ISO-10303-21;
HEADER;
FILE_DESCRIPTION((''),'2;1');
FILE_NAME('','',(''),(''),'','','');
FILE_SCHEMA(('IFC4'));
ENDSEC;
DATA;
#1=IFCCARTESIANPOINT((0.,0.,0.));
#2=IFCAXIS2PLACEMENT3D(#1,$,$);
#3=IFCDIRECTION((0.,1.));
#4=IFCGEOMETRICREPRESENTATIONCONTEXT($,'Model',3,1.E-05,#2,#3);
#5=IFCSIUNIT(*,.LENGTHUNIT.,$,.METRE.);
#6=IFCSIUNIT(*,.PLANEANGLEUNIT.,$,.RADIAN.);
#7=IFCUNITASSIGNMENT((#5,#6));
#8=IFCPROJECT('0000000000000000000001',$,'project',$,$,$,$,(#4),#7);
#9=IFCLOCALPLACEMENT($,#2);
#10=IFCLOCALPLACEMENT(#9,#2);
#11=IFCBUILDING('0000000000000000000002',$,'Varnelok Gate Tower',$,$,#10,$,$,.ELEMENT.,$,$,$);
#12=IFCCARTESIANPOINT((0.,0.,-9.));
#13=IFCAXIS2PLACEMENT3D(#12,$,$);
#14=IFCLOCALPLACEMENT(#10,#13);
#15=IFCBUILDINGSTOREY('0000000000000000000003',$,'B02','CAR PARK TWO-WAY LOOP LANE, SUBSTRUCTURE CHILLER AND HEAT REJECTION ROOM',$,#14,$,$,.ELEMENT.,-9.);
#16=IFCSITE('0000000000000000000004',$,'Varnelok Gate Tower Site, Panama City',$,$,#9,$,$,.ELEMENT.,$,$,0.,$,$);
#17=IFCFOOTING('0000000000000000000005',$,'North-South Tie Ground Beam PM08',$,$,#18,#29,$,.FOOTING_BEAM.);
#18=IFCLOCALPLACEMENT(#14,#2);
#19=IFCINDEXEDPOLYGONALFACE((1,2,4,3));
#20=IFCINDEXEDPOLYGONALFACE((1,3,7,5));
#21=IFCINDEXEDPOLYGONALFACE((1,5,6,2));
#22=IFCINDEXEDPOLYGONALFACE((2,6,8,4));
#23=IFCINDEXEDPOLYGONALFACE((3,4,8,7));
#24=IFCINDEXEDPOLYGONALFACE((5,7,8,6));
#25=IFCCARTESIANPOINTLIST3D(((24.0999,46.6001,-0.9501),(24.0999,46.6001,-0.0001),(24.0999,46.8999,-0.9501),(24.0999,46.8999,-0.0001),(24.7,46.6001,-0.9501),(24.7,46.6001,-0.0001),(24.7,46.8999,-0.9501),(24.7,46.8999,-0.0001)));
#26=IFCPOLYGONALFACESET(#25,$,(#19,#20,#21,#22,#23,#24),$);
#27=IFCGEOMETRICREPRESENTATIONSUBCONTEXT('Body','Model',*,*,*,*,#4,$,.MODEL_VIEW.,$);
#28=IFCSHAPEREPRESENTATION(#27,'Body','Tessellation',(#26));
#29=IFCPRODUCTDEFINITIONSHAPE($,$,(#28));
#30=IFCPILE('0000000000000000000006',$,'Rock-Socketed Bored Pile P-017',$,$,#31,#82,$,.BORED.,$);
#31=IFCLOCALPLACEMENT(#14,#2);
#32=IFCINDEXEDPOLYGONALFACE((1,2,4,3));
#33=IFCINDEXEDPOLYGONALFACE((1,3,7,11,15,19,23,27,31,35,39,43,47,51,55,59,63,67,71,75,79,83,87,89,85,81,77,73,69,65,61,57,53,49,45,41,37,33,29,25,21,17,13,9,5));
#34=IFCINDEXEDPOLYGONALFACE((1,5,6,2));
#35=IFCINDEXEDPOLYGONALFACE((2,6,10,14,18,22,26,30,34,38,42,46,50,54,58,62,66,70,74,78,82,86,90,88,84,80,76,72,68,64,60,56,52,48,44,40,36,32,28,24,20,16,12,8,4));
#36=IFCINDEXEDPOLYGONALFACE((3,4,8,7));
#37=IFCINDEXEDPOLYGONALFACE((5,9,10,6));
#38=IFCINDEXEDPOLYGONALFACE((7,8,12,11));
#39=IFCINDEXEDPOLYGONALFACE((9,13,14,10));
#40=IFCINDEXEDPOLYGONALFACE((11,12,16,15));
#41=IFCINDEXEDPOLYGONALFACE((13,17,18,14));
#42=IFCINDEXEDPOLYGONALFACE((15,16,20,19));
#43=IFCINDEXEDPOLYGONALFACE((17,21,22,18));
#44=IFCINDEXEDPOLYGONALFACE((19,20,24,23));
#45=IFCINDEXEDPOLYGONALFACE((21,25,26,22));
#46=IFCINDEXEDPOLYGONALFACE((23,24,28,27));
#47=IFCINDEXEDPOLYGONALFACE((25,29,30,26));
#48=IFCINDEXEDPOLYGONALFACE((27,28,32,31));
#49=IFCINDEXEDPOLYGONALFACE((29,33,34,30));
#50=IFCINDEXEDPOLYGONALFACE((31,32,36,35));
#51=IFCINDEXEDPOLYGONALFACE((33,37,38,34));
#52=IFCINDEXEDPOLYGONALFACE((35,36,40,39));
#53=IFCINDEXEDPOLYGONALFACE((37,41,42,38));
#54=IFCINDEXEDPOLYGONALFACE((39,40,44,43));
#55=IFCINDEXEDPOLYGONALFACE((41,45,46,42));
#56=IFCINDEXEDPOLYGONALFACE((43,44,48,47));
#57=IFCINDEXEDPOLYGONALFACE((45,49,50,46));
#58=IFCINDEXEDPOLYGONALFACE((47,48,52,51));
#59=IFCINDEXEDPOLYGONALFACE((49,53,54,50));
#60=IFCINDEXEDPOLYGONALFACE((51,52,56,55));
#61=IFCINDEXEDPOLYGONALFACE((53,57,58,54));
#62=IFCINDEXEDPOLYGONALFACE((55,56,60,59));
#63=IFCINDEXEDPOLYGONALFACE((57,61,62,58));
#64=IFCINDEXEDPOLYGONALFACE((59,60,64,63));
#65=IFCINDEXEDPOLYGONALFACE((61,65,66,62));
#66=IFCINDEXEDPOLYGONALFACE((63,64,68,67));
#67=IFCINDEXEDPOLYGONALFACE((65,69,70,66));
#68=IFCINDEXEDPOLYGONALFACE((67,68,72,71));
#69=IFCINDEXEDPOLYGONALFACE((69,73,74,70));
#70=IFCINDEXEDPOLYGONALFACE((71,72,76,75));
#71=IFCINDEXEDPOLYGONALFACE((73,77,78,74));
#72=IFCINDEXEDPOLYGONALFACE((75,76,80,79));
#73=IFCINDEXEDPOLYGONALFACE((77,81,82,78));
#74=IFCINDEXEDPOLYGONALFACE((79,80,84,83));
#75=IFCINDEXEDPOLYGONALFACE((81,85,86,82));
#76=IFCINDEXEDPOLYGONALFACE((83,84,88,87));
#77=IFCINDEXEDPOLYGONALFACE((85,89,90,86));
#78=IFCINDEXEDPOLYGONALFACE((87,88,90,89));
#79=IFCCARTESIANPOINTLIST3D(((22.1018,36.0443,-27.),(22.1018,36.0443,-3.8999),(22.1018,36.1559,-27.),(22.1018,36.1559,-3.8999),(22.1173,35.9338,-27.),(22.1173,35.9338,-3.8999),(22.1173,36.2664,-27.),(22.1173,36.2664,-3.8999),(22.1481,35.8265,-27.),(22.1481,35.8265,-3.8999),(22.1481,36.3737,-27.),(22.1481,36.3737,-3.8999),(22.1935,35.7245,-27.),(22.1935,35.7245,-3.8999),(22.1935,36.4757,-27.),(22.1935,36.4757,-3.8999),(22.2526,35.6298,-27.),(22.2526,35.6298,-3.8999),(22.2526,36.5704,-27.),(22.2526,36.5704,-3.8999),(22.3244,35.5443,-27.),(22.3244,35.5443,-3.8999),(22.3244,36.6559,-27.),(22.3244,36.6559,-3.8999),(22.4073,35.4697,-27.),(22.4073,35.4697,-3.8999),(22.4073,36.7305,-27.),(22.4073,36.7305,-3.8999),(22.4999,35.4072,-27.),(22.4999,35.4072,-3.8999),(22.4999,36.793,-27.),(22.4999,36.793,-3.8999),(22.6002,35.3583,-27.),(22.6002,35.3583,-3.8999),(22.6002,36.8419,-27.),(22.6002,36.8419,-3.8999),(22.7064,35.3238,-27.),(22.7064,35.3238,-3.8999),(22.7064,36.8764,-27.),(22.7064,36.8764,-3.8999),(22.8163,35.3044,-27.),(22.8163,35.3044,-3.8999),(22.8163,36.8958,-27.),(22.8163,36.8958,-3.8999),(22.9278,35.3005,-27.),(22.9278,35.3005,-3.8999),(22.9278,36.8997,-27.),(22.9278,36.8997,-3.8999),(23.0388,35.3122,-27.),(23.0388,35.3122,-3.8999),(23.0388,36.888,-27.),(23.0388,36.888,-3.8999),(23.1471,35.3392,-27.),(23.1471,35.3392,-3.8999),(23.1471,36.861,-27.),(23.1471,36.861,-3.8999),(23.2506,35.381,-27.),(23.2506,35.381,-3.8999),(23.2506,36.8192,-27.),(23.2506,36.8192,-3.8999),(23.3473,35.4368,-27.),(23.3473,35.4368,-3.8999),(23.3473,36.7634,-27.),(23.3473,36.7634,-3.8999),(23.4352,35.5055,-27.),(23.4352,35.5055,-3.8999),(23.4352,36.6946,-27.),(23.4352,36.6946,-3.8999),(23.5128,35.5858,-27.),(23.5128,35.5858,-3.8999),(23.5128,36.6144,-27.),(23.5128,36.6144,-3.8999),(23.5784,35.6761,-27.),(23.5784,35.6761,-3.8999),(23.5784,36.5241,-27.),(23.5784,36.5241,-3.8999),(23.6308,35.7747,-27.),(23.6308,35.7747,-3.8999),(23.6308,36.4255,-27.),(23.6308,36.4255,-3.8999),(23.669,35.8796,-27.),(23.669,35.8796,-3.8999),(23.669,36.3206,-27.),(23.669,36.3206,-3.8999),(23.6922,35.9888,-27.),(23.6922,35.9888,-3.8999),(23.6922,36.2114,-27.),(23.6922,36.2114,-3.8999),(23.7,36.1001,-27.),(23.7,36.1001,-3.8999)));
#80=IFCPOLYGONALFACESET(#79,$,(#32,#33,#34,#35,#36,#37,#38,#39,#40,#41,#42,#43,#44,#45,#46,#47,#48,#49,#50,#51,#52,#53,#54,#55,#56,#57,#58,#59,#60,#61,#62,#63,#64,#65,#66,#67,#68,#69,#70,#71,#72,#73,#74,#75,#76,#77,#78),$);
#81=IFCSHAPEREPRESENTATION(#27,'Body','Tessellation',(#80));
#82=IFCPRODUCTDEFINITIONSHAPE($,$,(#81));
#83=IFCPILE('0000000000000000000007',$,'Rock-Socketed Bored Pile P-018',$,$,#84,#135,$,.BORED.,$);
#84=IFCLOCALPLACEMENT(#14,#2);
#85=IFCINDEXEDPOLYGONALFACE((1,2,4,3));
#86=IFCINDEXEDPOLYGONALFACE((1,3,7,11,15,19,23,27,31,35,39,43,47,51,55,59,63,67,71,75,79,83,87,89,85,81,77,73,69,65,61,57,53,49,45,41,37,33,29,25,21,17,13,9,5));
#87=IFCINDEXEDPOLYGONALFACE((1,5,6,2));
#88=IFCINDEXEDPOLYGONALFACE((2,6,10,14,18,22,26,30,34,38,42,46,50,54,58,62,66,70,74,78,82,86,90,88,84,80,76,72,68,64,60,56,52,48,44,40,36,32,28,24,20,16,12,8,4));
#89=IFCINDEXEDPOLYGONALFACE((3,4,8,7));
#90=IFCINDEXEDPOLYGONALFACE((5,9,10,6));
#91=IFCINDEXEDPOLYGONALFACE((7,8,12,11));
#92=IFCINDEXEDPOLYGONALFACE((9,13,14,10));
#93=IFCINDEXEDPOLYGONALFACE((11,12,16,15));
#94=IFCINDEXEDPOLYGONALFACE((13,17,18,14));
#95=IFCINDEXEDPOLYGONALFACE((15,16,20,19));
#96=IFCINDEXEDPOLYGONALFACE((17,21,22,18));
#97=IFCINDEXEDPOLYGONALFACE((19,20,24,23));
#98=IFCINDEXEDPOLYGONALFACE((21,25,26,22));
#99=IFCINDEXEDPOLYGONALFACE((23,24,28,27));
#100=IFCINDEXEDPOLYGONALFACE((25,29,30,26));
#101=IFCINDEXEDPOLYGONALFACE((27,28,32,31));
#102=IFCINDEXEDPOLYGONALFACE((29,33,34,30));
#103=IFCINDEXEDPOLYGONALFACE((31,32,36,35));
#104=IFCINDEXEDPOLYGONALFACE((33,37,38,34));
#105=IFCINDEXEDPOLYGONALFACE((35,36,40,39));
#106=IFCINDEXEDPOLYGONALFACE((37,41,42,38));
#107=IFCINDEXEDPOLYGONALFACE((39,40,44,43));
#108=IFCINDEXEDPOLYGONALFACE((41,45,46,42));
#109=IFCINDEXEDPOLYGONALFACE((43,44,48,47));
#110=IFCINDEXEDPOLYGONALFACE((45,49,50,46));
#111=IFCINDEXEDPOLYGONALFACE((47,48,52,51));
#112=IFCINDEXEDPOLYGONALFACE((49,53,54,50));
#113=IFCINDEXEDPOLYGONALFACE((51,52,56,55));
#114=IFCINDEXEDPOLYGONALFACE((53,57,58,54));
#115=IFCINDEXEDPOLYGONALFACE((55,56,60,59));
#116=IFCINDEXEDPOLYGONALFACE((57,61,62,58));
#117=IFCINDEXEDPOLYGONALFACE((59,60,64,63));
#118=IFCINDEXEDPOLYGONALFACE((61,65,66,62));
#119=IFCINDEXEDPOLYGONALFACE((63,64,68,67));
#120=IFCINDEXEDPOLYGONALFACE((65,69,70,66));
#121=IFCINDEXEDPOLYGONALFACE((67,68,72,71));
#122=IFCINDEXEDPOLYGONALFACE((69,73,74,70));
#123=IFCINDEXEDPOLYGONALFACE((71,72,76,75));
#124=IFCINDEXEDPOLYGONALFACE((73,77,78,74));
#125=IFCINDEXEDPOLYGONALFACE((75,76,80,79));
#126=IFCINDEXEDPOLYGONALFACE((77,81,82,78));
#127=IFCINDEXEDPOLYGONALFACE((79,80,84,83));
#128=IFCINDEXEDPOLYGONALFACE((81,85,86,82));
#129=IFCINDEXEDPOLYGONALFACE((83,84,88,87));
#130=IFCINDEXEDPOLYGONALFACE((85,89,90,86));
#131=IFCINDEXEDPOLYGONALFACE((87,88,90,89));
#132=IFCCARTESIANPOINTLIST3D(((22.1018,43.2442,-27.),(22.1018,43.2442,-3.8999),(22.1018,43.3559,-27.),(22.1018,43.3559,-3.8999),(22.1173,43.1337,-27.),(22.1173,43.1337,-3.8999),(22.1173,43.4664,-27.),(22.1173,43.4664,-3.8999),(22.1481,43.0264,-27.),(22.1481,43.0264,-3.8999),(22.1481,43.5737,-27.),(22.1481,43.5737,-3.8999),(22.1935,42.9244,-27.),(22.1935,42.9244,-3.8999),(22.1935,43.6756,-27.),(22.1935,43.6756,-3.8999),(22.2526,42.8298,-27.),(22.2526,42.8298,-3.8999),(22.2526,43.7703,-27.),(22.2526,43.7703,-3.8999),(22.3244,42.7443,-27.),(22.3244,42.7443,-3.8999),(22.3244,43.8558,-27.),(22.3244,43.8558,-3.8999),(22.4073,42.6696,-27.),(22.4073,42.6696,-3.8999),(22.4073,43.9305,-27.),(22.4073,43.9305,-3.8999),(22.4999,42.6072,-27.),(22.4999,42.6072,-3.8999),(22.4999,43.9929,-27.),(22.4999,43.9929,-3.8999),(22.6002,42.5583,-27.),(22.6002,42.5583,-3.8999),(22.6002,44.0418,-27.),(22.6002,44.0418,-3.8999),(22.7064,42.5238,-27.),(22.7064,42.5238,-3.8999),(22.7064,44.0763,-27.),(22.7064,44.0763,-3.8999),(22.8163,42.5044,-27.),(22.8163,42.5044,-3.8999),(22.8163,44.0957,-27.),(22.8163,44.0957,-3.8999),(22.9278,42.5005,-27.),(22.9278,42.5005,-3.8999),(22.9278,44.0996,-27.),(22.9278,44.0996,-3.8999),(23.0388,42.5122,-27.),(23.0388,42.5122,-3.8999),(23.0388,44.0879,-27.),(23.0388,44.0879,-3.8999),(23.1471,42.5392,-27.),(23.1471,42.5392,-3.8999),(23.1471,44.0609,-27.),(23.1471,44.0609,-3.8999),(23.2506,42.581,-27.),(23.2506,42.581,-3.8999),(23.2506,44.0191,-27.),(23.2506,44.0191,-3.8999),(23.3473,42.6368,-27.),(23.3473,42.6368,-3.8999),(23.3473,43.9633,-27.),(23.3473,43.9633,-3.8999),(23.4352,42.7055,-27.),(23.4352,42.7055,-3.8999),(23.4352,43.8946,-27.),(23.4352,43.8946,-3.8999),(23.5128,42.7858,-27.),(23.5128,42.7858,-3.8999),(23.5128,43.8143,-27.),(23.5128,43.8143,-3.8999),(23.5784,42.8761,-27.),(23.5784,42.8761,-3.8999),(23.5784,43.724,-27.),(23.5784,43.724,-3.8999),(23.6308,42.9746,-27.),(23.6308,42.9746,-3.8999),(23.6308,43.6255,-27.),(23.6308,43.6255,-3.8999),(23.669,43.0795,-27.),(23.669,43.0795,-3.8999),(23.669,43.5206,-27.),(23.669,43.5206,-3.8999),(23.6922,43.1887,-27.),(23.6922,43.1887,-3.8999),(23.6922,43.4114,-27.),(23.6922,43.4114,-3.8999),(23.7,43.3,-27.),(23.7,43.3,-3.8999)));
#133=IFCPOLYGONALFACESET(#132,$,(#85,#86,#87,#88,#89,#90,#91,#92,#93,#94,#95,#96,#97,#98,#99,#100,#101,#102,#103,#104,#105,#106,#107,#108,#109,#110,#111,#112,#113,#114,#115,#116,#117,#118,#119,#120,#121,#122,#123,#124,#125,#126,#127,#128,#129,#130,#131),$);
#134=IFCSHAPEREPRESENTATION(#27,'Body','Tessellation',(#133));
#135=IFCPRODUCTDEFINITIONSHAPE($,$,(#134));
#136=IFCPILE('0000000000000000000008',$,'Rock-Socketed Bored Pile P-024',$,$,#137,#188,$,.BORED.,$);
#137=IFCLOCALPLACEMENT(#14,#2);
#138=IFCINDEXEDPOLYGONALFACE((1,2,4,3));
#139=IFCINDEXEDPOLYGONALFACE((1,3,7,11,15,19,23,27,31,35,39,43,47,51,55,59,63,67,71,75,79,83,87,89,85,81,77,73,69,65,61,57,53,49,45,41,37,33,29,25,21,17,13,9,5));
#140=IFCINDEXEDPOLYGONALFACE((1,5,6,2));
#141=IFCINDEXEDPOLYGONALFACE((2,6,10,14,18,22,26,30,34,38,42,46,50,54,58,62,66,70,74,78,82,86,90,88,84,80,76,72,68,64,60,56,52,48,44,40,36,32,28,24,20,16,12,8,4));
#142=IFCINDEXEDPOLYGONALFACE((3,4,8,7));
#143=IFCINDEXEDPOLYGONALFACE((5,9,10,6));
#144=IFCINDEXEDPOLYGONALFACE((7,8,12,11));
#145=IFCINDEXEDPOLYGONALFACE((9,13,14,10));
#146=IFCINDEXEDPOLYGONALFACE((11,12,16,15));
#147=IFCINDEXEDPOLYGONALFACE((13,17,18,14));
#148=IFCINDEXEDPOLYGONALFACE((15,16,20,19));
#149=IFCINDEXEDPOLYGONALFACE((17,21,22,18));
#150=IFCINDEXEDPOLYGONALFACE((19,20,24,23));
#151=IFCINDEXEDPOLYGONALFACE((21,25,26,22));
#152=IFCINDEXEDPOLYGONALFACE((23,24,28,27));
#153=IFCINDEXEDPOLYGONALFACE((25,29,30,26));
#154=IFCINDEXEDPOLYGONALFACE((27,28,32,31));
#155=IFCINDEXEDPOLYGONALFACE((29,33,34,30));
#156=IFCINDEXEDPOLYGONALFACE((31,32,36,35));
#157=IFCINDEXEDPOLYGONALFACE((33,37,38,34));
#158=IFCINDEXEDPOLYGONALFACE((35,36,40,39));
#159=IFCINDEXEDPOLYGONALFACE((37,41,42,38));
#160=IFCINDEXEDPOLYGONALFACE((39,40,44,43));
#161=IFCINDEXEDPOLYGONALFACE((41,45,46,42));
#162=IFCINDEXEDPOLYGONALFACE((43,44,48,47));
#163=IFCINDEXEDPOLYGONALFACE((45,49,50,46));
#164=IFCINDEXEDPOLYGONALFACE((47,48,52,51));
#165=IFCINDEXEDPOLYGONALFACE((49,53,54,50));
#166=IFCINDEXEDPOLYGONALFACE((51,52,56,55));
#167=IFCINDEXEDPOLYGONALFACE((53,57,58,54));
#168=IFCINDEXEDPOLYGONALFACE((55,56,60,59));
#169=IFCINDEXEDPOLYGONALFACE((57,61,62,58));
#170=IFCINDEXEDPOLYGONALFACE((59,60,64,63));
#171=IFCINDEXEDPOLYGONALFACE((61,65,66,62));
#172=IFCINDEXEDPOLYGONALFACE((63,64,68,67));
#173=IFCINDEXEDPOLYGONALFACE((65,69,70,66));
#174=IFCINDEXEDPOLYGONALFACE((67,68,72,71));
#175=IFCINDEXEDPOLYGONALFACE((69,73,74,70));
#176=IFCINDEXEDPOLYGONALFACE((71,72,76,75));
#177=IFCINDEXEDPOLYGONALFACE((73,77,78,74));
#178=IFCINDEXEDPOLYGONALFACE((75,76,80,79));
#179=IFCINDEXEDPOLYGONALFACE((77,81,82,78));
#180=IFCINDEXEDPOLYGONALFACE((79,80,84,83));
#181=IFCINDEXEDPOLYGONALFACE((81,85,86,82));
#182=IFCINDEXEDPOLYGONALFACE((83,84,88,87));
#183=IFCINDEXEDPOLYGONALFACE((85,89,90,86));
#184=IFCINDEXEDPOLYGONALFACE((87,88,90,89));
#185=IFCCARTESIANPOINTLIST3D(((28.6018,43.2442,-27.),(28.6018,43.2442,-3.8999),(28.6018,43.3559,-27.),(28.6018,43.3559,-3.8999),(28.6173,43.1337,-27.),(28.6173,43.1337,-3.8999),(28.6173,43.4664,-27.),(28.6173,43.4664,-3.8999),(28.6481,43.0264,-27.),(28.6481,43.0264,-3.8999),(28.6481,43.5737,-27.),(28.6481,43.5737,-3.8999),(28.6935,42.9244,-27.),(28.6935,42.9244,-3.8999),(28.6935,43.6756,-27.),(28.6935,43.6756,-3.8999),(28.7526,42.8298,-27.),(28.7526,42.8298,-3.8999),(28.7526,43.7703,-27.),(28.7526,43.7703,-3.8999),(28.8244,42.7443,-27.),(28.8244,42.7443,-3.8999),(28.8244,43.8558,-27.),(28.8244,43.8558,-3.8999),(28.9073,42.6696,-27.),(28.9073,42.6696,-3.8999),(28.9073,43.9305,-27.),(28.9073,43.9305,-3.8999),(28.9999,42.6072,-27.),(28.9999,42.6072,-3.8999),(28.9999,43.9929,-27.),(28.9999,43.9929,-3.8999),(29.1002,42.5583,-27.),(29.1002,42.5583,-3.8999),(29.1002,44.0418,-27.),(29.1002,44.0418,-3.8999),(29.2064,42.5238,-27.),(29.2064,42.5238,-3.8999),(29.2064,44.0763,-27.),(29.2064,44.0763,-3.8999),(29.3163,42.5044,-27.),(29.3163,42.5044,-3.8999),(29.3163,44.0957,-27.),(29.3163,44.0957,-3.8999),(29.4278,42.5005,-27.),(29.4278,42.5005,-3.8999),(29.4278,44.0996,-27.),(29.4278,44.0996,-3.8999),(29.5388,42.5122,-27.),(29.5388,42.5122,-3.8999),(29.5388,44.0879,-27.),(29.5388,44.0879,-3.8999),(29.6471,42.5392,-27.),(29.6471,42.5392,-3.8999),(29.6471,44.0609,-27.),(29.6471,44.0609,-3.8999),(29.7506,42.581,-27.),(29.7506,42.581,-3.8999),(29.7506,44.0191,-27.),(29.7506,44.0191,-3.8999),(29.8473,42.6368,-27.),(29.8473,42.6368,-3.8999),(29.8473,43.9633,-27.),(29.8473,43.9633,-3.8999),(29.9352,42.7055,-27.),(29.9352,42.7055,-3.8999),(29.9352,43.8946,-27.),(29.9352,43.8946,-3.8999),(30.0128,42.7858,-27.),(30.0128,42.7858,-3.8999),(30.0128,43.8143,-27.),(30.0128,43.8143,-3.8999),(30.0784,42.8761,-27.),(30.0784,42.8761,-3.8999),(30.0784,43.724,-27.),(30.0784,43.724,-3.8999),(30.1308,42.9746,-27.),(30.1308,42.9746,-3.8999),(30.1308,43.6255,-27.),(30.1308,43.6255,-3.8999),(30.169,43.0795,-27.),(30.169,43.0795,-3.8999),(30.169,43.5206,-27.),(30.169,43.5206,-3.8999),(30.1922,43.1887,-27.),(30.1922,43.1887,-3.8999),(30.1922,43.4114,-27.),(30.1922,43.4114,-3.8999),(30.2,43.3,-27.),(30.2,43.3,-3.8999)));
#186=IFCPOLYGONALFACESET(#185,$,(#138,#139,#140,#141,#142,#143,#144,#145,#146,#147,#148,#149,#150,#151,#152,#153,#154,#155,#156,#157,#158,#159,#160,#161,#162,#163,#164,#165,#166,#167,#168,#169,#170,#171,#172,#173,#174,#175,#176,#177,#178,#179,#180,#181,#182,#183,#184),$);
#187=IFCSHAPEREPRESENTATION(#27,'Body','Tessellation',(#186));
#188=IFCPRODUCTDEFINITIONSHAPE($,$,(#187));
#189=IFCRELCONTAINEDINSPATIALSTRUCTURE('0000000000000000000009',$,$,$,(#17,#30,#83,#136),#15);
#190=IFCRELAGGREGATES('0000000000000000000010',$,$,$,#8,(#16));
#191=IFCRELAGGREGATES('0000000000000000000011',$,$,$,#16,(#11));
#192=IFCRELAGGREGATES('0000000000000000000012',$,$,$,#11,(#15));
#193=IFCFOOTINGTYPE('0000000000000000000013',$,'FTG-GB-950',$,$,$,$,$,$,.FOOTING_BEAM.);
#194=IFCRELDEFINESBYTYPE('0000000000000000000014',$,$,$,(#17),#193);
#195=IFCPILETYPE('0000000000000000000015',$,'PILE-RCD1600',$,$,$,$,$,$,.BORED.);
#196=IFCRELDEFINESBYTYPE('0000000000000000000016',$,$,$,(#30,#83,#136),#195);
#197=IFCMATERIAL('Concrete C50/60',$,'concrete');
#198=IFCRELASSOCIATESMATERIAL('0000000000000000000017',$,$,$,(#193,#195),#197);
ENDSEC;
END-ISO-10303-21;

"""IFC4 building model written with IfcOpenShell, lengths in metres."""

from ifc_helpers import new_model, si_unit, direction, frame, origin, origin_2d, place, context, subcontext, project, spatial, rectangle, circle, extrude, material, material_profile, profile_set, type_object, element, save


model = new_model("IFC4")

# Units and contexts
model_context = context("Model", 3, precision=1e-05, world=origin(), true_north=direction((0.0, 1.0)))
body_context = subcontext(model_context, "Body", "Model", "MODEL_VIEW")
ifc_project = project(units=[si_unit("LENGTHUNIT", "METRE"), si_unit("PLANEANGLEUNIT", "RADIAN")], contexts=[model_context])

# Site, building, storey
site_placement = place(None, origin())
site = spatial("IfcSite", under=ifc_project, at=site_placement, Name="Varnelok Gate Tower Site, Panama City", CompositionType="ELEMENT", RefElevation=0.0)
building_placement = place(site_placement, origin())
building = spatial("IfcBuilding", under=site, at=building_placement, Name="Varnelok Gate Tower", CompositionType="ELEMENT")
storey_placement = place(building_placement, frame((0.0, 0.0, -9.0)))
storey = spatial("IfcBuildingStorey", under=building, at=storey_placement, Name="B02", Description="CAR PARK TWO-WAY LOOP LANE, SUBSTRUCTURE CHILLER AND HEAT REJECTION ROOM", CompositionType="ELEMENT", Elevation=-9.0)

# Footing
ifc_material_1 = material(Name="Concrete C50/60", Category="concrete")
ifc_material_profile_1 = material_profile(ifc_material_1, rectangle(XDim=0.6001, YDim=0.95, at=origin_2d()), Name="RC950X600")
ifc_profile_set_1 = profile_set([ifc_material_profile_1], Name="Concrete C50/60")
footing_type_1 = type_object("IfcFootingType", Name="FTG-GB-950", PredefinedType="FOOTING_BEAM", material=ifc_profile_set_1)
footing_1_placement = place(storey_placement, frame((24.3999, 46.6001, -0.4751), z_axis=(0.0, 1.0, 0.0), x_axis=(-1.0, 0.0, 0.0)))
element("IfcFooting", 1, at=footing_1_placement, inside=storey, type_object=footing_type_1, Name="North-South Tie Ground Beam PM08", PredefinedType="FOOTING_BEAM", context=body_context, shape_type="SweptSolid", body=[
    extrude(rectangle(XDim=0.6001, YDim=0.95, at=origin_2d()), origin(), (0.0, 0.0, 1.0), 0.2998),
])

# Piles
ifc_material_profile_2 = material_profile(ifc_material_1, circle(Radius=0.8, at=origin_2d()), Name="RCD1600")
ifc_profile_set_2 = profile_set([ifc_material_profile_2], Name="Concrete C50/60")
pile_type_1 = type_object("IfcPileType", Name="PILE-RCD1600", PredefinedType="BORED", material=ifc_profile_set_2)
for number, where, z_axis, x_axis, name in (
    (2, (22.8999, 36.1001, -3.8999), (0.0, 0.0, -1.0), (1.0, 0.0, 0.0), "Rock-Socketed Bored Pile P-017"),
    (3, (22.8999, 43.3, -3.8999), (0.0, 0.0, -1.0), (1.0, 0.0, 0.0), "Rock-Socketed Bored Pile P-018"),
    (4, (29.3999, 43.3, -3.8999), (0.0, 0.0, -1.0), (1.0, 0.0, 0.0), "Rock-Socketed Bored Pile P-024"),
):
    element("IfcPile", number, at=place(storey_placement, frame(where, z_axis=z_axis, x_axis=x_axis)), inside=storey, type_object=pile_type_1, Name=name, PredefinedType="BORED", context=body_context, shape_type="SweptSolid", body=[
        extrude(circle(Radius=0.8, at=origin_2d()), origin(), (0.0, 0.0, 1.0), 23.1001),
    ])

save(model, "model.ifc")
